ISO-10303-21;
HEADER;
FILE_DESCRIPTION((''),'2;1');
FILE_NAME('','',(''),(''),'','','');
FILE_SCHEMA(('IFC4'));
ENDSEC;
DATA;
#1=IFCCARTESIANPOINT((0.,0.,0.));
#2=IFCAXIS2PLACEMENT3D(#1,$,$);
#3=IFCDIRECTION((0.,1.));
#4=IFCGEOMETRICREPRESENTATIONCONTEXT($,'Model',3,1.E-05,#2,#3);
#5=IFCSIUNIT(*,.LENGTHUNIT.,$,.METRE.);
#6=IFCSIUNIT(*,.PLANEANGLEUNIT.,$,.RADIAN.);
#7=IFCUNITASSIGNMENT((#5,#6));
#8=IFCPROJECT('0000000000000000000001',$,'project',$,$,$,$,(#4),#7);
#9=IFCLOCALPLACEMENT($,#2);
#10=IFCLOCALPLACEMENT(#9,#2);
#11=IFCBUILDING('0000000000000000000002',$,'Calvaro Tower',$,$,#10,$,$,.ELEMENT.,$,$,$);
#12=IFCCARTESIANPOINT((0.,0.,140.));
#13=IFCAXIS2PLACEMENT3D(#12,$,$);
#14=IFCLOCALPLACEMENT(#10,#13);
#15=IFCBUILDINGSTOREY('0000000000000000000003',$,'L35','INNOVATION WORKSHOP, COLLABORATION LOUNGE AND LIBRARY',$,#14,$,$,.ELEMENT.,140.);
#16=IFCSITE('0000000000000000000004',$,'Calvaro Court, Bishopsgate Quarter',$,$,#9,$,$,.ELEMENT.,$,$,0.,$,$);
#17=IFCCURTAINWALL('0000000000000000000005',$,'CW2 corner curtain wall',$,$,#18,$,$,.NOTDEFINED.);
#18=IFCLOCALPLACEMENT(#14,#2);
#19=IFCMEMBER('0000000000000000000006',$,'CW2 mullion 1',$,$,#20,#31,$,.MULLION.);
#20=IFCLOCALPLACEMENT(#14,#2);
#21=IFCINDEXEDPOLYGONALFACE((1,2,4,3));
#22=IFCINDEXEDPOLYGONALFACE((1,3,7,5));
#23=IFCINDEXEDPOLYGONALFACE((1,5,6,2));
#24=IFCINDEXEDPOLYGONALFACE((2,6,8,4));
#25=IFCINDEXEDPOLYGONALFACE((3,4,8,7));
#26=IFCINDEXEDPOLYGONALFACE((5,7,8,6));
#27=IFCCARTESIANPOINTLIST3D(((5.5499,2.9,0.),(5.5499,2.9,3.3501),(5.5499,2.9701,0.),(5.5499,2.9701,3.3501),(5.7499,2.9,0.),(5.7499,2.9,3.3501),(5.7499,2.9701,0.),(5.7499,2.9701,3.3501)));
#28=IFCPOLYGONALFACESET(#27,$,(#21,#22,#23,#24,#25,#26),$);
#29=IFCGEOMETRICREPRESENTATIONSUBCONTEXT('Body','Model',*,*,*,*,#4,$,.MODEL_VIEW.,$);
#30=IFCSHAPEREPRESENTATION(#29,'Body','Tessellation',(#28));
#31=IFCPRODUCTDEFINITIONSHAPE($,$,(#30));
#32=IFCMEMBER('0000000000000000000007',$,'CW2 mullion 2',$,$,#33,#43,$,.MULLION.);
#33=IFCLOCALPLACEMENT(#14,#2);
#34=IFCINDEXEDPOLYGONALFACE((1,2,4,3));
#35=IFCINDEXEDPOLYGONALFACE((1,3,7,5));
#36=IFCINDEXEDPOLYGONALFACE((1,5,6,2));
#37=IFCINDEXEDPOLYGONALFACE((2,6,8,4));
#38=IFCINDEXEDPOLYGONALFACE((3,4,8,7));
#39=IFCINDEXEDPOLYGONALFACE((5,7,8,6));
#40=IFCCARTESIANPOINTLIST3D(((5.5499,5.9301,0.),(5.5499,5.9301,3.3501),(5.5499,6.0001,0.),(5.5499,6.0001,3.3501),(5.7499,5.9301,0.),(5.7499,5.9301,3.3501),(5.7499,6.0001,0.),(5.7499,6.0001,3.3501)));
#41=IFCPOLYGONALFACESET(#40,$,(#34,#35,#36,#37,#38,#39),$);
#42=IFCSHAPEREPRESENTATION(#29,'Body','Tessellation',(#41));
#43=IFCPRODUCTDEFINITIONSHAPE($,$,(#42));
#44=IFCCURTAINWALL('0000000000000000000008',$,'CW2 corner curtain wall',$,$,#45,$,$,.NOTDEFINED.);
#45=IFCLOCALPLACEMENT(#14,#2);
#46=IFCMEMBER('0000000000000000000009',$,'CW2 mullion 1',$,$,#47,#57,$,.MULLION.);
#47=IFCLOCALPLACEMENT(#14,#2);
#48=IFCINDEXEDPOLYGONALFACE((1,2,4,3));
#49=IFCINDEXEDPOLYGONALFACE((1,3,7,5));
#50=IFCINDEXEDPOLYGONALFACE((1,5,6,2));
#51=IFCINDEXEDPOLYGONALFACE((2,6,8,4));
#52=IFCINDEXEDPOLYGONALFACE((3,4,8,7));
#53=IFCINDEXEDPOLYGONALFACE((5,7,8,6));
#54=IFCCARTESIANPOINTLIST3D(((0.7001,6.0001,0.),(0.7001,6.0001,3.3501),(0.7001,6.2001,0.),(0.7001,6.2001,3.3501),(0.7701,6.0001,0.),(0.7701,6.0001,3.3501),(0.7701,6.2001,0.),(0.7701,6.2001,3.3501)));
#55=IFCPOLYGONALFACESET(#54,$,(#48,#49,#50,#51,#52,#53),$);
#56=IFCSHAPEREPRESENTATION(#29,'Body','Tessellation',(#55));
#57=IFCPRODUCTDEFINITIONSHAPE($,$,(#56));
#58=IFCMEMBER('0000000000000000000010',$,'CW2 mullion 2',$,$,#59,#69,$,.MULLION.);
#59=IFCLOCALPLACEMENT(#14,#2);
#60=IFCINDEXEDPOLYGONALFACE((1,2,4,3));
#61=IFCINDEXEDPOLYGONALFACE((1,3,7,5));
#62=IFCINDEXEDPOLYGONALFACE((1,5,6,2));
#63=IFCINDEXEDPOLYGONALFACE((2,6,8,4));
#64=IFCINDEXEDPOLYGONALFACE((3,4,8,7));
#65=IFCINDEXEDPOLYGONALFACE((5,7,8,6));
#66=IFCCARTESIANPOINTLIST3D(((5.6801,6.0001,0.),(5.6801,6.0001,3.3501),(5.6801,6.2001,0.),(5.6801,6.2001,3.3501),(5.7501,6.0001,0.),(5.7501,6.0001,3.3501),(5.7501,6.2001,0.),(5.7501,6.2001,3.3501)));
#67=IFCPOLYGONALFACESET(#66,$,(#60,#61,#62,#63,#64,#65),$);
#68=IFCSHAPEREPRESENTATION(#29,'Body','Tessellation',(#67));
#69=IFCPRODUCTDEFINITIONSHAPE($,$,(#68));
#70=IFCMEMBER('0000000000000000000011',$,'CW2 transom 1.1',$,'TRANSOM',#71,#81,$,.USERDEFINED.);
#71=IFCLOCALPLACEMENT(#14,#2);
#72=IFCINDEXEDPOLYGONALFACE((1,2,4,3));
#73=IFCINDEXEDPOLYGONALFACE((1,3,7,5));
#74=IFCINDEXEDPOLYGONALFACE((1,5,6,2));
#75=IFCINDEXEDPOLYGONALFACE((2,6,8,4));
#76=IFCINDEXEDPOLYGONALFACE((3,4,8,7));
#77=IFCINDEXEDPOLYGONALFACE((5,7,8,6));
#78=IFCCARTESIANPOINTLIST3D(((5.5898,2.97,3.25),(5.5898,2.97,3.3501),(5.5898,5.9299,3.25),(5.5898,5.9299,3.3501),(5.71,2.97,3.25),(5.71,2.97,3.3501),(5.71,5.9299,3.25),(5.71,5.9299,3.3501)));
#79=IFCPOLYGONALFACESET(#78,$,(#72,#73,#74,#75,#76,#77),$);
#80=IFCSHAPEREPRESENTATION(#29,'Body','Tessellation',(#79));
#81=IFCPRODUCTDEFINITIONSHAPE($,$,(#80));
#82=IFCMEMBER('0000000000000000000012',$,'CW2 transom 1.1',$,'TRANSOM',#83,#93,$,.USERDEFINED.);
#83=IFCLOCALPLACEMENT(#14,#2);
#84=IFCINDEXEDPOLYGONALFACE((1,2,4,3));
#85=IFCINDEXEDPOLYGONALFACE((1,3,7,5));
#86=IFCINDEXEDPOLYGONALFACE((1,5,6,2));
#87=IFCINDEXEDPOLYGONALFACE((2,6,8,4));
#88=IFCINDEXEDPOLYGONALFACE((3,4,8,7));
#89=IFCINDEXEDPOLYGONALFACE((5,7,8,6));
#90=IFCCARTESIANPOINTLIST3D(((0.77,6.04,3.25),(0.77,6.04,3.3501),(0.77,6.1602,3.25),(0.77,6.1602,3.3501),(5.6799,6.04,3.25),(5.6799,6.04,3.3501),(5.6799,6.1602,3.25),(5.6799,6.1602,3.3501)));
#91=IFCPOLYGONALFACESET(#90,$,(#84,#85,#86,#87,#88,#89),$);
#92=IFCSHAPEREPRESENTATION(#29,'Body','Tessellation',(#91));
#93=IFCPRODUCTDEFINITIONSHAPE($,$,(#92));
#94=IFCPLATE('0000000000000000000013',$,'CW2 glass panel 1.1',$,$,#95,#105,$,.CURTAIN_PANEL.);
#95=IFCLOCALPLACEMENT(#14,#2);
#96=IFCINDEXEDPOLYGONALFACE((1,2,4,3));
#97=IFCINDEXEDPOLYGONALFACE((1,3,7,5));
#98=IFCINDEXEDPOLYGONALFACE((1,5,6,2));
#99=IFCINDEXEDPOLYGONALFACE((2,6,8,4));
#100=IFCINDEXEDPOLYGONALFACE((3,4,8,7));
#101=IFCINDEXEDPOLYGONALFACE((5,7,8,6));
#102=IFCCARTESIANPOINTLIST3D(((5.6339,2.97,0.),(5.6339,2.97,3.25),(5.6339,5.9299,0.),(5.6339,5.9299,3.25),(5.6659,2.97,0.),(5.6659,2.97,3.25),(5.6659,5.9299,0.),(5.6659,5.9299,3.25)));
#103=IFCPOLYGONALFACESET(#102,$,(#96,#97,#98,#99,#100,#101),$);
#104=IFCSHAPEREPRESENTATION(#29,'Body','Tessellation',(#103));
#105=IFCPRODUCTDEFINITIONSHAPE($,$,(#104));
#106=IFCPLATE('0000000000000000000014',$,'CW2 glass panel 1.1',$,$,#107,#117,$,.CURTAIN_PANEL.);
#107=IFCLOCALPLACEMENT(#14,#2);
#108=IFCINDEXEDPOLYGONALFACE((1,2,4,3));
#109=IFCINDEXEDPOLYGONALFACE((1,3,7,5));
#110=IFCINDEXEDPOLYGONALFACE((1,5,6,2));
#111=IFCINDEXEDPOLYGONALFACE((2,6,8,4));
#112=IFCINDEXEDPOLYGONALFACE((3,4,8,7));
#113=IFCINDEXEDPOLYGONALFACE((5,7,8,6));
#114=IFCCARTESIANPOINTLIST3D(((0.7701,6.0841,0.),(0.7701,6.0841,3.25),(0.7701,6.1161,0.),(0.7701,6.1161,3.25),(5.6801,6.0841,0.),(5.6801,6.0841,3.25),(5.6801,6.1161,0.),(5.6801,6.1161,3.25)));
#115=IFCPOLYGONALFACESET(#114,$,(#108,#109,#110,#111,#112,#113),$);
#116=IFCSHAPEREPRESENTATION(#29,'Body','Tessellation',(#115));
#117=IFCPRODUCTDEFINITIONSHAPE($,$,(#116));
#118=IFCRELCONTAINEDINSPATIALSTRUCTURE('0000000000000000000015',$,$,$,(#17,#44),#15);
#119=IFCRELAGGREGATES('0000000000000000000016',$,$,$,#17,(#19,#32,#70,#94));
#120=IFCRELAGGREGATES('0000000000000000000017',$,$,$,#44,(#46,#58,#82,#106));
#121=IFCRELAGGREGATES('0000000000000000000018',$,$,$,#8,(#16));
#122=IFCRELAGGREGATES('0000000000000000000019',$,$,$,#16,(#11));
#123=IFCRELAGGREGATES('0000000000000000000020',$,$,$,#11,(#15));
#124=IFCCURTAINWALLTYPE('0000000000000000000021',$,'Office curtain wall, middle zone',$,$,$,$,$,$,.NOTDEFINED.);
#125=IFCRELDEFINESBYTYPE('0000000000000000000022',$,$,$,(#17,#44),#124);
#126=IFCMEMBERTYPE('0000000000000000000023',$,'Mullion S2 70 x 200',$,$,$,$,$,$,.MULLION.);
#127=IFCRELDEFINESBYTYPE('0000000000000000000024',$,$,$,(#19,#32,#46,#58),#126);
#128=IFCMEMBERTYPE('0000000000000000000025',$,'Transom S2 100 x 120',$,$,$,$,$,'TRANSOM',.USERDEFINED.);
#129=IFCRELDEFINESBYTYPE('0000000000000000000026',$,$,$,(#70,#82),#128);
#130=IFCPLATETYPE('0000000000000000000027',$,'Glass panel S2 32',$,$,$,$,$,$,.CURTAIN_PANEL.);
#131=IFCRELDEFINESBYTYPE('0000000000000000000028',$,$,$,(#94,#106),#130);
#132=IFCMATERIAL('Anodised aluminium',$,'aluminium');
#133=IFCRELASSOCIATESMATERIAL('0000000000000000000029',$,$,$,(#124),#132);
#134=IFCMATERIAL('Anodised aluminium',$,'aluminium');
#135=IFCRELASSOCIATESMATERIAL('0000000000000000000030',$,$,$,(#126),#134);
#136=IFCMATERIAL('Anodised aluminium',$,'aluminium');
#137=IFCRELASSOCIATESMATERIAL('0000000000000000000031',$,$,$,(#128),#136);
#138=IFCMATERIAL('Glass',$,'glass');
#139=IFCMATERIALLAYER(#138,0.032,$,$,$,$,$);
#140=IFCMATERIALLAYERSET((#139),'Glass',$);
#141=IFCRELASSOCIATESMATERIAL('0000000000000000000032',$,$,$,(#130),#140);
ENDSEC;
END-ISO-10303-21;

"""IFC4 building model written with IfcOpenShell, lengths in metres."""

from ifc_helpers import new_model, si_unit, direction, frame, origin, origin_2d, place, context, subcontext, project, spatial, rectangle, extrude, material, layer, layer_set, material_profile, profile_set, type_object, element, aggregate, save


model = new_model("IFC4")

# Units and contexts
model_context = context("Model", 3, precision=1e-05, world=origin(), true_north=direction((0.0, 1.0)))
body_context = subcontext(model_context, "Body", "Model", "MODEL_VIEW")
ifc_project = project(units=[si_unit("LENGTHUNIT", "METRE"), si_unit("PLANEANGLEUNIT", "RADIAN")], contexts=[model_context])

# Site, building, storey
site_placement = place(None, origin())
site = spatial("IfcSite", under=ifc_project, at=site_placement, Name="Calvaro Court, Bishopsgate Quarter", CompositionType="ELEMENT", RefElevation=0.0)
building_placement = place(site_placement, origin())
building = spatial("IfcBuilding", under=site, at=building_placement, Name="Calvaro Tower", CompositionType="ELEMENT")
storey_placement = place(building_placement, frame((0.0, 0.0, 140.0)))
storey = spatial("IfcBuildingStorey", under=building, at=storey_placement, Name="L35", Description="INNOVATION WORKSHOP, COLLABORATION LOUNGE AND LIBRARY", CompositionType="ELEMENT", Elevation=140.0)

# Curtain walls, members
ifc_material_1 = material(Name="Anodised aluminium", Category="aluminium")
curtain_wall_type = type_object("IfcCurtainWallType", Name="Office curtain wall, middle zone", PredefinedType="NOTDEFINED", material=ifc_material_1)
curtain_wall_1_placement = place(storey_placement, origin())
curtain_wall_1 = element("IfcCurtainWall", 1, at=curtain_wall_1_placement, inside=storey, type_object=curtain_wall_type, Name="CW2 corner curtain wall", PredefinedType="NOTDEFINED")
ifc_material_2 = material(Name="Anodised aluminium", Category="aluminium")
ifc_material_profile_1 = material_profile(ifc_material_2, rectangle(XDim=0.2, YDim=0.0701, at=origin_2d()), Name="Mullion S2 70 x 200")
ifc_profile_set_1 = profile_set([ifc_material_profile_1], Name="Anodised aluminium")
member_type_1 = type_object("IfcMemberType", Name="Mullion S2 70 x 200", PredefinedType="MULLION", material=ifc_profile_set_1)
member_1_placement = place(storey_placement, frame((5.6499, 2.9351, 0.0), z_axis=(0.0, 0.0, 1.0), x_axis=(-1.0, 0.0, 0.0)))
member_1 = element("IfcMember", 2, at=member_1_placement, type_object=member_type_1, Name="CW2 mullion 1", PredefinedType="MULLION", context=body_context, shape_type="SweptSolid", body=[
    extrude(rectangle(XDim=0.2, YDim=0.0701, at=origin_2d()), origin(), (0.0, 0.0, 1.0), 3.3501),
])
member_2_placement = place(storey_placement, frame((5.6499, 5.9651, 0.0), z_axis=(0.0, 0.0, 1.0), x_axis=(-1.0, 0.0, 0.0)))
member_2 = element("IfcMember", 3, at=member_2_placement, type_object=member_type_1, Name="CW2 mullion 2", PredefinedType="MULLION", context=body_context, shape_type="SweptSolid", body=[
    extrude(rectangle(XDim=0.2, YDim=0.0701, at=origin_2d()), origin(), (0.0, 0.0, 1.0), 3.3501),
])
curtain_wall_2_placement = place(storey_placement, origin())
curtain_wall_2 = element("IfcCurtainWall", 4, at=curtain_wall_2_placement, inside=storey, type_object=curtain_wall_type, Name="CW2 corner curtain wall", PredefinedType="NOTDEFINED")
member_3_placement = place(storey_placement, frame((0.7351, 6.1001, 0.0), z_axis=(0.0, 0.0, 1.0), x_axis=(0.0, 1.0, 0.0)))
member_3 = element("IfcMember", 5, at=member_3_placement, type_object=member_type_1, Name="CW2 mullion 1", PredefinedType="MULLION", context=body_context, shape_type="SweptSolid", body=[
    extrude(rectangle(XDim=0.2, YDim=0.0701, at=origin_2d()), origin(), (0.0, 0.0, 1.0), 3.3501),
])
member_4_placement = place(storey_placement, frame((5.7151, 6.1001, 0.0), z_axis=(0.0, 0.0, 1.0), x_axis=(0.0, 1.0, 0.0)))
member_4 = element("IfcMember", 6, at=member_4_placement, type_object=member_type_1, Name="CW2 mullion 2", PredefinedType="MULLION", context=body_context, shape_type="SweptSolid", body=[
    extrude(rectangle(XDim=0.2, YDim=0.0701, at=origin_2d()), origin(), (0.0, 0.0, 1.0), 3.3501),
])

# Members
ifc_material_3 = material(Name="Anodised aluminium", Category="aluminium")
ifc_material_profile_2 = material_profile(ifc_material_3, rectangle(XDim=0.1201, YDim=0.1001, at=origin_2d()), Name="Transom S2 100 x 120")
ifc_profile_set_2 = profile_set([ifc_material_profile_2], Name="Anodised aluminium")
member_type_2 = type_object("IfcMemberType", Name="Transom S2 100 x 120", ElementType="TRANSOM", PredefinedType="USERDEFINED", material=ifc_profile_set_2)
member_5_placement = place(storey_placement, frame((5.6499, 2.97, 3.3), z_axis=(0.0, 1.0, 0.0), x_axis=(-1.0, 0.0, 0.0)))
member_5 = element("IfcMember", 7, at=member_5_placement, type_object=member_type_2, Name="CW2 transom 1.1", ObjectType="TRANSOM", PredefinedType="USERDEFINED", context=body_context, shape_type="SweptSolid", body=[
    extrude(rectangle(XDim=0.1201, YDim=0.1001, at=origin_2d()), origin(), (0.0, 0.0, 1.0), 2.96),
])
member_6_placement = place(storey_placement, frame((0.77, 6.1001, 3.3), z_axis=(1.0, 0.0, 0.0), x_axis=(0.0, 1.0, 0.0)))
member_6 = element("IfcMember", 8, at=member_6_placement, type_object=member_type_2, Name="CW2 transom 1.1", ObjectType="TRANSOM", PredefinedType="USERDEFINED", context=body_context, shape_type="SweptSolid", body=[
    extrude(rectangle(XDim=0.1201, YDim=0.1001, at=origin_2d()), origin(), (0.0, 0.0, 1.0), 4.9099),
])

# Plates
ifc_material_4 = material(Name="Glass", Category="glass")
ifc_layer_1 = layer(ifc_material_4, 0.032)
ifc_layer_set_1 = layer_set([ifc_layer_1], Name="Glass")
plate_type = type_object("IfcPlateType", Name="Glass panel S2 32", PredefinedType="CURTAIN_PANEL", material=ifc_layer_set_1)
plate_1_placement = place(storey_placement, frame((5.6499, 4.45, 0.0), z_axis=(0.0, 0.0, 1.0), x_axis=(0.0, 1.0, 0.0)))
plate_1 = element("IfcPlate", 9, at=plate_1_placement, type_object=plate_type, Name="CW2 glass panel 1.1", PredefinedType="CURTAIN_PANEL", context=body_context, shape_type="SweptSolid", body=[
    extrude(rectangle(XDim=2.96, YDim=0.032, at=origin_2d()), origin(), (0.0, 0.0, 1.0), 3.25),
])
aggregate(curtain_wall_1, [member_1, member_2, member_5, plate_1])
plate_2_placement = place(storey_placement, frame((3.2251, 6.1001, 0.0), z_axis=(0.0, 0.0, 1.0), x_axis=(1.0, 0.0, 0.0)))
plate_2 = element("IfcPlate", 10, at=plate_2_placement, type_object=plate_type, Name="CW2 glass panel 1.1", PredefinedType="CURTAIN_PANEL", context=body_context, shape_type="SweptSolid", body=[
    extrude(rectangle(XDim=4.9099, YDim=0.032, at=origin_2d()), origin(), (0.0, 0.0, 1.0), 3.25),
])
aggregate(curtain_wall_2, [member_3, member_4, member_6, plate_2])

save(model, "model.ifc")
